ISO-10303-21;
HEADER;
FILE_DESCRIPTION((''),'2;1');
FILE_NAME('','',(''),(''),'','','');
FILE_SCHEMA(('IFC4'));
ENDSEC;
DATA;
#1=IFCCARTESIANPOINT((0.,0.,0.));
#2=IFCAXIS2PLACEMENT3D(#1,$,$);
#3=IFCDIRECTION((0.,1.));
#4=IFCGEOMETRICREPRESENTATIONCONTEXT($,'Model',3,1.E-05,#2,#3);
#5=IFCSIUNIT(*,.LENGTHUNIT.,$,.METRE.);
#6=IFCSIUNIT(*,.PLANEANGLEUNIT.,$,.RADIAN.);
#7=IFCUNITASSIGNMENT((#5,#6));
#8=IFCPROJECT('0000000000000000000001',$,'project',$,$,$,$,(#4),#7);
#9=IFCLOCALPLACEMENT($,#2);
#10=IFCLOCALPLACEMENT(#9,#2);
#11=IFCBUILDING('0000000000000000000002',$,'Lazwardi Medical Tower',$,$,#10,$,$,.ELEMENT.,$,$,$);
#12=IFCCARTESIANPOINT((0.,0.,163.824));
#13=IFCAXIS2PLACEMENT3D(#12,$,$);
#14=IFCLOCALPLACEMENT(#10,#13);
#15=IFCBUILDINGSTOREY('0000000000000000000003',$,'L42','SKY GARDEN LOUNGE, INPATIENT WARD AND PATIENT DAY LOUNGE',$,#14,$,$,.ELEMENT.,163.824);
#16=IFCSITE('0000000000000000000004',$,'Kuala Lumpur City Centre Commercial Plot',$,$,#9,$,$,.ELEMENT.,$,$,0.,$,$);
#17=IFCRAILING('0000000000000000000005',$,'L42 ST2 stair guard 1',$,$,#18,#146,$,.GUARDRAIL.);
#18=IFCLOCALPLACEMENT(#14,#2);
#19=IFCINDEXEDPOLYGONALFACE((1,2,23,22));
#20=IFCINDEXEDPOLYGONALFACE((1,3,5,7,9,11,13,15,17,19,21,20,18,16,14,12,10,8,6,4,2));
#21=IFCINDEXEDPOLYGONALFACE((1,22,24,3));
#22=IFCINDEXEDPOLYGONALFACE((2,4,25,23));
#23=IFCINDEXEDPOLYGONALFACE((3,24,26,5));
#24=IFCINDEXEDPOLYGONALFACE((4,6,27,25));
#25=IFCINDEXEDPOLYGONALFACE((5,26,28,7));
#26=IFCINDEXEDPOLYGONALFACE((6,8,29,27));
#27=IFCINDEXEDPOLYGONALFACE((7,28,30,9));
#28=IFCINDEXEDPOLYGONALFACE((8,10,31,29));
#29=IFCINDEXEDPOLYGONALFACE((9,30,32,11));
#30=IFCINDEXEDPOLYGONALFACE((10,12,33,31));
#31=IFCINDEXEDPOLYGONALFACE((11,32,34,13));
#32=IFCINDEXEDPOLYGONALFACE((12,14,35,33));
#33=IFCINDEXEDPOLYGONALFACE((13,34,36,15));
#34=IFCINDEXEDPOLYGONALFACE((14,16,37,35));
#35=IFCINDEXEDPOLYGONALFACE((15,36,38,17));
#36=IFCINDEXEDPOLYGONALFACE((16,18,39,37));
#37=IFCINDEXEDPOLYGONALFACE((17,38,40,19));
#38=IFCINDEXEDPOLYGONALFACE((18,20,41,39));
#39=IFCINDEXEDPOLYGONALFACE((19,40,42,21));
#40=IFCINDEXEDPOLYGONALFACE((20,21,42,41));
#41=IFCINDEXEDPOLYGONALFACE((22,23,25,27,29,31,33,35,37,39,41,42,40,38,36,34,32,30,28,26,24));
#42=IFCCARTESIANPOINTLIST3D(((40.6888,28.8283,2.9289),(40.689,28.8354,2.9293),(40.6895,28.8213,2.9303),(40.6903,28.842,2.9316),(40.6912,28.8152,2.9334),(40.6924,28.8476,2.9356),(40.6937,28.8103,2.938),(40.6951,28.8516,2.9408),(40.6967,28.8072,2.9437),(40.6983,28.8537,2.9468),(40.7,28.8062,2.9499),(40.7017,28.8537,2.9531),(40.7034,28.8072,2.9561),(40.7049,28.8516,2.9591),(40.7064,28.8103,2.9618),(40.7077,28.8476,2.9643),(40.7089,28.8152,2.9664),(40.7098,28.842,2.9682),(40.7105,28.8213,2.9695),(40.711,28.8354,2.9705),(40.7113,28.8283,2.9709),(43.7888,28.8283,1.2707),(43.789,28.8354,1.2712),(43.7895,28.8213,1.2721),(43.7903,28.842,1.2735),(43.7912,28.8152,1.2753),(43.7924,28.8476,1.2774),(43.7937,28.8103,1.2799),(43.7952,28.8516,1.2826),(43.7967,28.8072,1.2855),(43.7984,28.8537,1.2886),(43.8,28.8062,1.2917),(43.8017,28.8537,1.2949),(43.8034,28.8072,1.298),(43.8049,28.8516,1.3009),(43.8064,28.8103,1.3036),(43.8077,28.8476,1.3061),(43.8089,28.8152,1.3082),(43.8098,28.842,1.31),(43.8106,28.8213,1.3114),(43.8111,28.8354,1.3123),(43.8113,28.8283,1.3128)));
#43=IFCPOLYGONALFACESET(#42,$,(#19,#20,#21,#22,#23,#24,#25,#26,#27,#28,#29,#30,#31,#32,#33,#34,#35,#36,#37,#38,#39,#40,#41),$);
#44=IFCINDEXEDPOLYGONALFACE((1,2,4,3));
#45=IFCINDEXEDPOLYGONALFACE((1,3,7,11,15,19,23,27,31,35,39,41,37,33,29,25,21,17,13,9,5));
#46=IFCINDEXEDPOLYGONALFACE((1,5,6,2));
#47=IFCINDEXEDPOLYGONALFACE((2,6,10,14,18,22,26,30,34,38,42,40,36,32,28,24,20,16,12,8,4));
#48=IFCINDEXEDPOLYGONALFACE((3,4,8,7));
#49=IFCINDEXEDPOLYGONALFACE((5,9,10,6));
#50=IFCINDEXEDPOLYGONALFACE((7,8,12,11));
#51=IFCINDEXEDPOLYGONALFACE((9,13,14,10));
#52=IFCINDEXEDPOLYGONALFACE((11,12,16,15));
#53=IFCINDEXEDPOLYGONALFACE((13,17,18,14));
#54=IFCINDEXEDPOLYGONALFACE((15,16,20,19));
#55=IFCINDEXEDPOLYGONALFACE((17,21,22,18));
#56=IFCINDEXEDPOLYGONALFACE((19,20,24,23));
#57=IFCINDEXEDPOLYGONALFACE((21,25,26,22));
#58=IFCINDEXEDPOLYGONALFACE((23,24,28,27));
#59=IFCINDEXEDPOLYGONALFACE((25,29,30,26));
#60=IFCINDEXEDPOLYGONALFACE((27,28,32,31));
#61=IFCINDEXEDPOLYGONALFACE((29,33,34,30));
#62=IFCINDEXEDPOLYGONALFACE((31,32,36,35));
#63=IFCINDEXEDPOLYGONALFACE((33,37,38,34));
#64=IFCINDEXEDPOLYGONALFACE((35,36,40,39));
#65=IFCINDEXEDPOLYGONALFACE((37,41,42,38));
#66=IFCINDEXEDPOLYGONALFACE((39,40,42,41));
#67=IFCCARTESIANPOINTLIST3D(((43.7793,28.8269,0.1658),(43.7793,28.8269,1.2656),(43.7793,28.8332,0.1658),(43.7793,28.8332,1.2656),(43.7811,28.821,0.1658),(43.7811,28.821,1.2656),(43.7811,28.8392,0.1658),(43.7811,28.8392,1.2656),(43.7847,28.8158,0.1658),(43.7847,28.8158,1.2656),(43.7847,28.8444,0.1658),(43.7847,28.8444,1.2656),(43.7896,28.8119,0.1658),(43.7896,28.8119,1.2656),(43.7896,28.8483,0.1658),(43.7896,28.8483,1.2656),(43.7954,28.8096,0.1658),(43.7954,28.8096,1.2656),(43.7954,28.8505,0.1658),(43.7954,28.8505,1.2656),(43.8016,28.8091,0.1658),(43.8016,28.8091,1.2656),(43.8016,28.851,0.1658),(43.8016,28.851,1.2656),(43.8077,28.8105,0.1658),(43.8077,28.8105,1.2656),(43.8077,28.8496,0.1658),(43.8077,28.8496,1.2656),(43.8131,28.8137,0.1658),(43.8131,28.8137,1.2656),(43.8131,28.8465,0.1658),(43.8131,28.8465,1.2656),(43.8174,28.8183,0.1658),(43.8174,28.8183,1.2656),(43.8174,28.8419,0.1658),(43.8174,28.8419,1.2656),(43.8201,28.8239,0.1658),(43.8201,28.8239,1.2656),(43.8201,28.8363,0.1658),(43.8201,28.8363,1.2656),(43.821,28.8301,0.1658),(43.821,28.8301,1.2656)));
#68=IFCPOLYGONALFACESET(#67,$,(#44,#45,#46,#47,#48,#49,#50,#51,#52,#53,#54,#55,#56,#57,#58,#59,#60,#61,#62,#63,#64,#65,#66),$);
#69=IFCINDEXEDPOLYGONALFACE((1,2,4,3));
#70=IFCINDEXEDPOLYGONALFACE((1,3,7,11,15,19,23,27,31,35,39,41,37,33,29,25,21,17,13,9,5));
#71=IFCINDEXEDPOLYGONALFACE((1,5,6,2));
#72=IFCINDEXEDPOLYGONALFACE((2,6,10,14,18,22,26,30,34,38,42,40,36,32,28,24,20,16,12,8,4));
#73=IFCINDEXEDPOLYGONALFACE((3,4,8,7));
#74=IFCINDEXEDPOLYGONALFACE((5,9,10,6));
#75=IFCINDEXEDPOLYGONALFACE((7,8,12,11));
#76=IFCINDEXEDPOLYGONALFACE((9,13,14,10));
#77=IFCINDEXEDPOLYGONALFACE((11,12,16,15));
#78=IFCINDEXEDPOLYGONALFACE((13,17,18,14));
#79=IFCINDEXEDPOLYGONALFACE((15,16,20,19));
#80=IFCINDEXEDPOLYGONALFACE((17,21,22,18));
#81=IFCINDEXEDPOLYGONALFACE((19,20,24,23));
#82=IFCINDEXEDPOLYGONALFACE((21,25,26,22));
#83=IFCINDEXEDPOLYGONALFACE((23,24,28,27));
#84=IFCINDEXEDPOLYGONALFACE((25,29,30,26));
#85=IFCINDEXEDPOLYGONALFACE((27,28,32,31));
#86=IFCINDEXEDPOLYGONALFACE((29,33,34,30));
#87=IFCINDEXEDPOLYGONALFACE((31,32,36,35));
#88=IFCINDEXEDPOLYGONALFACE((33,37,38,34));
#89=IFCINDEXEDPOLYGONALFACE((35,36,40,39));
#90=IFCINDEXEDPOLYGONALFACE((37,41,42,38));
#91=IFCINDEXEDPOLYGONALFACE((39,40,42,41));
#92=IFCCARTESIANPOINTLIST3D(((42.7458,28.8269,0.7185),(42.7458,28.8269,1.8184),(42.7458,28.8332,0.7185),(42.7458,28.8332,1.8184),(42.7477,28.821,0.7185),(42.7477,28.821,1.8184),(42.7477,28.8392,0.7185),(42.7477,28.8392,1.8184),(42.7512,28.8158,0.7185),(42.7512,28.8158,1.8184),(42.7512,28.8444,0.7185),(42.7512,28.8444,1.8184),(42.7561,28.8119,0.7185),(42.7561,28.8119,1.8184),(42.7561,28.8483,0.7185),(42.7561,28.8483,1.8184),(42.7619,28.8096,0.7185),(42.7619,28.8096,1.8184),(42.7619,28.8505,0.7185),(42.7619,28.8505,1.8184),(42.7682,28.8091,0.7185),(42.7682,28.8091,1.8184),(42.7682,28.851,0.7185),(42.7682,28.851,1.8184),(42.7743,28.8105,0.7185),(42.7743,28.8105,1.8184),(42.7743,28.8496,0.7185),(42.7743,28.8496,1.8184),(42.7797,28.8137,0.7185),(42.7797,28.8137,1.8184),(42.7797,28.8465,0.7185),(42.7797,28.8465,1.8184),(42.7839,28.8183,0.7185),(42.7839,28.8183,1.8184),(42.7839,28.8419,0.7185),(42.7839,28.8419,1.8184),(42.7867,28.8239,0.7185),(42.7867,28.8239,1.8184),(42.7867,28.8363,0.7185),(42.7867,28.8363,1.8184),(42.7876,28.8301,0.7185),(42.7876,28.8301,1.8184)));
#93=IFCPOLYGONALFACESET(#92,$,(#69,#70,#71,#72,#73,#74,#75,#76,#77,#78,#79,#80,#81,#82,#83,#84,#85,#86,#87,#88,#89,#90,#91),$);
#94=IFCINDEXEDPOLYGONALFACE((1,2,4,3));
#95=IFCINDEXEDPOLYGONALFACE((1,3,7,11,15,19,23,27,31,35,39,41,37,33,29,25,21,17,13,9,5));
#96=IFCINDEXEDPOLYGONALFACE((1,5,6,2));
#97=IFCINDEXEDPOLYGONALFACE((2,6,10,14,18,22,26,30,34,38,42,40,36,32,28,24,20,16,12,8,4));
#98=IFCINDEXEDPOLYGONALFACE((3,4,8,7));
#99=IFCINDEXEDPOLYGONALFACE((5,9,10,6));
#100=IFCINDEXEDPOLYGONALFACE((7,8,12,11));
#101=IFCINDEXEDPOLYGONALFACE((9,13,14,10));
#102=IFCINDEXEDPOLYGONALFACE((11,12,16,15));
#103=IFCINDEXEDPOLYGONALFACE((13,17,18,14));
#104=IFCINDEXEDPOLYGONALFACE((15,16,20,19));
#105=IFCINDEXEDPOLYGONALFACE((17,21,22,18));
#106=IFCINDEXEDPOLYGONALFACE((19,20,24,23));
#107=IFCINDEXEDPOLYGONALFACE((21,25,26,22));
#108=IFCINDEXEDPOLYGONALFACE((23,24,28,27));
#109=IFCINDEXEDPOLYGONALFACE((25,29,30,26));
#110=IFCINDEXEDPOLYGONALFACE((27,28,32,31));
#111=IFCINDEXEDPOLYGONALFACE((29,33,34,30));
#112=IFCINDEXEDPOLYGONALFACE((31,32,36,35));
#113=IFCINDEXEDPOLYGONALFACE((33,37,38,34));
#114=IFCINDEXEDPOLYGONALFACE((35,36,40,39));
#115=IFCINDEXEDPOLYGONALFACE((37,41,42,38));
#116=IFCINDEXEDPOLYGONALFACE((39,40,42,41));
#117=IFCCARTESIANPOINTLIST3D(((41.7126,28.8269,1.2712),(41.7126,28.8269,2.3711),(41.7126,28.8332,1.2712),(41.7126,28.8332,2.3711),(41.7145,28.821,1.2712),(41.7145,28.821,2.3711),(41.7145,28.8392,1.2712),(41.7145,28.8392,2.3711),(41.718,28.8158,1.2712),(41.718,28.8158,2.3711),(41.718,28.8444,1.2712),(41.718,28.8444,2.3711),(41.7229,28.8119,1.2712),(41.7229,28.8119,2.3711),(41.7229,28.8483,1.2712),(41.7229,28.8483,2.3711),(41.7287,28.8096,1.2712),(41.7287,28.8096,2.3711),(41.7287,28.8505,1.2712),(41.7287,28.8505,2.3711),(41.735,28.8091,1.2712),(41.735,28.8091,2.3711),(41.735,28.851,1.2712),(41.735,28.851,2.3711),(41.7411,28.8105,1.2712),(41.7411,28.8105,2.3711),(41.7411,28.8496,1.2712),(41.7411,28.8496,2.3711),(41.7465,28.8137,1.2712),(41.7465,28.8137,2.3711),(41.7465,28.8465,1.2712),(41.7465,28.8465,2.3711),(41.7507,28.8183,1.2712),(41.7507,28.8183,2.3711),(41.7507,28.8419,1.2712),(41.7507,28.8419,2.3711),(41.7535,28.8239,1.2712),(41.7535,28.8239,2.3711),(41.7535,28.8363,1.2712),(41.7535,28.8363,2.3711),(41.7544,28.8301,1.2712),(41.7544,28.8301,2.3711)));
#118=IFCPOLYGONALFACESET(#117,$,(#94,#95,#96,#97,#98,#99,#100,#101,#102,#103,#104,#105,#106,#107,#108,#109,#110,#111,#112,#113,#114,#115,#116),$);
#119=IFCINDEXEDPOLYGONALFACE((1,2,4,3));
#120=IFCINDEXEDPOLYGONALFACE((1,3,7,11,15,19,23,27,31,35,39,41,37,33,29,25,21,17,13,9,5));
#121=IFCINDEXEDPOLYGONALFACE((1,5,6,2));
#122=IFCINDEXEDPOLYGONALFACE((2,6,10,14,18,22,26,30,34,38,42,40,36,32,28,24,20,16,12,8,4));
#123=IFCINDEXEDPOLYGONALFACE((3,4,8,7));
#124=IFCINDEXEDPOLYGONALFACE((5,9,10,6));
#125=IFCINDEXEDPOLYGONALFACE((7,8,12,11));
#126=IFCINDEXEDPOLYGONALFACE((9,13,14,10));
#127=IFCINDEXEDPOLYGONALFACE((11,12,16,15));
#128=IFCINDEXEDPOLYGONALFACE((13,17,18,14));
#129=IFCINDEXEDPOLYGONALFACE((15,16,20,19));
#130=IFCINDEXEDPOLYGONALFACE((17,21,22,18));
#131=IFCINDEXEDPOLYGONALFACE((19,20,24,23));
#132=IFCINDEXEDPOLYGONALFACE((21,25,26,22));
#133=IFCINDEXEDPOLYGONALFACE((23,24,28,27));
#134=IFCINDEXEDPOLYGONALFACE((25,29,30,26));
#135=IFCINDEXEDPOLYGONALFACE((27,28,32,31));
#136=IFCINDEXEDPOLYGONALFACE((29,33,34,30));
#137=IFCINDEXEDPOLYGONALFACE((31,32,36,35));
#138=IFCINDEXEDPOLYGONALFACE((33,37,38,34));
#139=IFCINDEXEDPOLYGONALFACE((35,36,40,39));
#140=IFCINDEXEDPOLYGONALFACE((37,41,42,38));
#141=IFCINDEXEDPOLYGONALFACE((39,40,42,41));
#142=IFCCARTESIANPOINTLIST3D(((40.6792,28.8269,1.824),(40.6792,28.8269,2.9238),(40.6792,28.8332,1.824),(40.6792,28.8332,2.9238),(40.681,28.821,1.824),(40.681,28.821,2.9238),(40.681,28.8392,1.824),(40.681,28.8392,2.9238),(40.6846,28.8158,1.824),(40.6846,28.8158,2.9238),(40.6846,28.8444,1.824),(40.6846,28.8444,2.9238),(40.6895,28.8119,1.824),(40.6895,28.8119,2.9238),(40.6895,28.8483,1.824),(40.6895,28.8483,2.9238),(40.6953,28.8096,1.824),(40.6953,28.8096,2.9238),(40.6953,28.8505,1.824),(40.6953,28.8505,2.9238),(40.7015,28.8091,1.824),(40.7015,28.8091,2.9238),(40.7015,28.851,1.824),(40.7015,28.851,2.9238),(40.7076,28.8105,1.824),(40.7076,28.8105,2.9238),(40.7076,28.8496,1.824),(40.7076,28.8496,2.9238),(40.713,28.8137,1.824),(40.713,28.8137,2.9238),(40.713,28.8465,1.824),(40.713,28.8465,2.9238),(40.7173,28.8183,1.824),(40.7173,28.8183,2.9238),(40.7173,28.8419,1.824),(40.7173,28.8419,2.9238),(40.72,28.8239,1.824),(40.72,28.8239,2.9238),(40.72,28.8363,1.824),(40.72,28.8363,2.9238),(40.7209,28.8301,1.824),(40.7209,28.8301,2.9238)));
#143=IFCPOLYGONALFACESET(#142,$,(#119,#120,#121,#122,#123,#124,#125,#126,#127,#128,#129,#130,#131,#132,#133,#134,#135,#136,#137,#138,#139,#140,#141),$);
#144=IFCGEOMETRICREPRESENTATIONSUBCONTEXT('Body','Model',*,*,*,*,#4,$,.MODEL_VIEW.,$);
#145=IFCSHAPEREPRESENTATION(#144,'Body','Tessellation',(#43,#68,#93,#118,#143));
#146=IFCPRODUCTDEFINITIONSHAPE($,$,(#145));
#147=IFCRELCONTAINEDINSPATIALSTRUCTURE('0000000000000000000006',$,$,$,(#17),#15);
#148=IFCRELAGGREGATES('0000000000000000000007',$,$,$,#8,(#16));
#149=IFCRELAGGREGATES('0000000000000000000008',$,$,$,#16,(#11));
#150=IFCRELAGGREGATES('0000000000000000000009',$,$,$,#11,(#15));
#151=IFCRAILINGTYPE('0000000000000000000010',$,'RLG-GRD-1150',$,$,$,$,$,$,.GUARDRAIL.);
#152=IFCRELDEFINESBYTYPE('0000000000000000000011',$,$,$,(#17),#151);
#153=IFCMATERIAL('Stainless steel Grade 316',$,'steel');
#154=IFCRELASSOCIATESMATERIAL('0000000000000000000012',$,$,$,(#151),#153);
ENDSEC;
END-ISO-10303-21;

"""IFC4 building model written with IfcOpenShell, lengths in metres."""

from ifc_helpers import new_model, si_unit, direction, frame, origin, origin_2d, place, context, subcontext, project, spatial, circle, extrude, material, type_object, element, save


model = new_model("IFC4")

# Units and contexts
model_context = context("Model", 3, precision=1e-05, world=origin(), true_north=direction((0.0, 1.0)))
body_context = subcontext(model_context, "Body", "Model", "MODEL_VIEW")
ifc_project = project(units=[si_unit("LENGTHUNIT", "METRE"), si_unit("PLANEANGLEUNIT", "RADIAN")], contexts=[model_context])

# Site, building, storey
site_placement = place(None, origin())
site = spatial("IfcSite", under=ifc_project, at=site_placement, Name="Kuala Lumpur City Centre Commercial Plot", CompositionType="ELEMENT", RefElevation=0.0)
building_placement = place(site_placement, origin())
building = spatial("IfcBuilding", under=site, at=building_placement, Name="Lazwardi Medical Tower", CompositionType="ELEMENT")
storey_placement = place(building_placement, frame((0.0, 0.0, 163.824)))
storey = spatial("IfcBuildingStorey", under=building, at=storey_placement, Name="L42", Description="SKY GARDEN LOUNGE, INPATIENT WARD AND PATIENT DAY LOUNGE", CompositionType="ELEMENT", Elevation=163.824)

# Railing
ifc_material_1 = material(Name="Stainless steel Grade 316", Category="steel")
railing_type_1 = type_object("IfcRailingType", Name="RLG-GRD-1150", PredefinedType="GUARDRAIL", material=ifc_material_1)
railing_1_placement = place(storey_placement, frame((43.8, 28.8301, 0.1658)))
element("IfcRailing", 1, at=railing_1_placement, inside=storey, type_object=railing_type_1, Name="L42 ST2 stair guard 1", PredefinedType="GUARDRAIL", context=body_context, shape_type="SweptSolid", body=[
    extrude(circle(Radius=0.0239, at=origin_2d()), frame((0.0, 0.0, 1.126), z_axis=(-0.881783, 0.0, 0.471655), x_axis=(0.0, -1.0, 0.0)), (0.0, 0.0, 1.0), 3.5156),
    extrude(circle(Radius=0.021, at=origin_2d()), origin(), (0.0, 0.0, 1.0), 1.0999),
    extrude(circle(Radius=0.021, at=origin_2d()), frame((-1.0334, 0.0, 0.5527)), (0.0, 0.0, 1.0), 1.0999),
    extrude(circle(Radius=0.021, at=origin_2d()), frame((-2.0667, 0.0, 1.1055)), (0.0, 0.0, 1.0), 1.0999),
    extrude(circle(Radius=0.021, at=origin_2d()), frame((-3.1001, 0.0, 1.6582)), (0.0, 0.0, 1.0), 1.0999),
])

save(model, "model.ifc")
